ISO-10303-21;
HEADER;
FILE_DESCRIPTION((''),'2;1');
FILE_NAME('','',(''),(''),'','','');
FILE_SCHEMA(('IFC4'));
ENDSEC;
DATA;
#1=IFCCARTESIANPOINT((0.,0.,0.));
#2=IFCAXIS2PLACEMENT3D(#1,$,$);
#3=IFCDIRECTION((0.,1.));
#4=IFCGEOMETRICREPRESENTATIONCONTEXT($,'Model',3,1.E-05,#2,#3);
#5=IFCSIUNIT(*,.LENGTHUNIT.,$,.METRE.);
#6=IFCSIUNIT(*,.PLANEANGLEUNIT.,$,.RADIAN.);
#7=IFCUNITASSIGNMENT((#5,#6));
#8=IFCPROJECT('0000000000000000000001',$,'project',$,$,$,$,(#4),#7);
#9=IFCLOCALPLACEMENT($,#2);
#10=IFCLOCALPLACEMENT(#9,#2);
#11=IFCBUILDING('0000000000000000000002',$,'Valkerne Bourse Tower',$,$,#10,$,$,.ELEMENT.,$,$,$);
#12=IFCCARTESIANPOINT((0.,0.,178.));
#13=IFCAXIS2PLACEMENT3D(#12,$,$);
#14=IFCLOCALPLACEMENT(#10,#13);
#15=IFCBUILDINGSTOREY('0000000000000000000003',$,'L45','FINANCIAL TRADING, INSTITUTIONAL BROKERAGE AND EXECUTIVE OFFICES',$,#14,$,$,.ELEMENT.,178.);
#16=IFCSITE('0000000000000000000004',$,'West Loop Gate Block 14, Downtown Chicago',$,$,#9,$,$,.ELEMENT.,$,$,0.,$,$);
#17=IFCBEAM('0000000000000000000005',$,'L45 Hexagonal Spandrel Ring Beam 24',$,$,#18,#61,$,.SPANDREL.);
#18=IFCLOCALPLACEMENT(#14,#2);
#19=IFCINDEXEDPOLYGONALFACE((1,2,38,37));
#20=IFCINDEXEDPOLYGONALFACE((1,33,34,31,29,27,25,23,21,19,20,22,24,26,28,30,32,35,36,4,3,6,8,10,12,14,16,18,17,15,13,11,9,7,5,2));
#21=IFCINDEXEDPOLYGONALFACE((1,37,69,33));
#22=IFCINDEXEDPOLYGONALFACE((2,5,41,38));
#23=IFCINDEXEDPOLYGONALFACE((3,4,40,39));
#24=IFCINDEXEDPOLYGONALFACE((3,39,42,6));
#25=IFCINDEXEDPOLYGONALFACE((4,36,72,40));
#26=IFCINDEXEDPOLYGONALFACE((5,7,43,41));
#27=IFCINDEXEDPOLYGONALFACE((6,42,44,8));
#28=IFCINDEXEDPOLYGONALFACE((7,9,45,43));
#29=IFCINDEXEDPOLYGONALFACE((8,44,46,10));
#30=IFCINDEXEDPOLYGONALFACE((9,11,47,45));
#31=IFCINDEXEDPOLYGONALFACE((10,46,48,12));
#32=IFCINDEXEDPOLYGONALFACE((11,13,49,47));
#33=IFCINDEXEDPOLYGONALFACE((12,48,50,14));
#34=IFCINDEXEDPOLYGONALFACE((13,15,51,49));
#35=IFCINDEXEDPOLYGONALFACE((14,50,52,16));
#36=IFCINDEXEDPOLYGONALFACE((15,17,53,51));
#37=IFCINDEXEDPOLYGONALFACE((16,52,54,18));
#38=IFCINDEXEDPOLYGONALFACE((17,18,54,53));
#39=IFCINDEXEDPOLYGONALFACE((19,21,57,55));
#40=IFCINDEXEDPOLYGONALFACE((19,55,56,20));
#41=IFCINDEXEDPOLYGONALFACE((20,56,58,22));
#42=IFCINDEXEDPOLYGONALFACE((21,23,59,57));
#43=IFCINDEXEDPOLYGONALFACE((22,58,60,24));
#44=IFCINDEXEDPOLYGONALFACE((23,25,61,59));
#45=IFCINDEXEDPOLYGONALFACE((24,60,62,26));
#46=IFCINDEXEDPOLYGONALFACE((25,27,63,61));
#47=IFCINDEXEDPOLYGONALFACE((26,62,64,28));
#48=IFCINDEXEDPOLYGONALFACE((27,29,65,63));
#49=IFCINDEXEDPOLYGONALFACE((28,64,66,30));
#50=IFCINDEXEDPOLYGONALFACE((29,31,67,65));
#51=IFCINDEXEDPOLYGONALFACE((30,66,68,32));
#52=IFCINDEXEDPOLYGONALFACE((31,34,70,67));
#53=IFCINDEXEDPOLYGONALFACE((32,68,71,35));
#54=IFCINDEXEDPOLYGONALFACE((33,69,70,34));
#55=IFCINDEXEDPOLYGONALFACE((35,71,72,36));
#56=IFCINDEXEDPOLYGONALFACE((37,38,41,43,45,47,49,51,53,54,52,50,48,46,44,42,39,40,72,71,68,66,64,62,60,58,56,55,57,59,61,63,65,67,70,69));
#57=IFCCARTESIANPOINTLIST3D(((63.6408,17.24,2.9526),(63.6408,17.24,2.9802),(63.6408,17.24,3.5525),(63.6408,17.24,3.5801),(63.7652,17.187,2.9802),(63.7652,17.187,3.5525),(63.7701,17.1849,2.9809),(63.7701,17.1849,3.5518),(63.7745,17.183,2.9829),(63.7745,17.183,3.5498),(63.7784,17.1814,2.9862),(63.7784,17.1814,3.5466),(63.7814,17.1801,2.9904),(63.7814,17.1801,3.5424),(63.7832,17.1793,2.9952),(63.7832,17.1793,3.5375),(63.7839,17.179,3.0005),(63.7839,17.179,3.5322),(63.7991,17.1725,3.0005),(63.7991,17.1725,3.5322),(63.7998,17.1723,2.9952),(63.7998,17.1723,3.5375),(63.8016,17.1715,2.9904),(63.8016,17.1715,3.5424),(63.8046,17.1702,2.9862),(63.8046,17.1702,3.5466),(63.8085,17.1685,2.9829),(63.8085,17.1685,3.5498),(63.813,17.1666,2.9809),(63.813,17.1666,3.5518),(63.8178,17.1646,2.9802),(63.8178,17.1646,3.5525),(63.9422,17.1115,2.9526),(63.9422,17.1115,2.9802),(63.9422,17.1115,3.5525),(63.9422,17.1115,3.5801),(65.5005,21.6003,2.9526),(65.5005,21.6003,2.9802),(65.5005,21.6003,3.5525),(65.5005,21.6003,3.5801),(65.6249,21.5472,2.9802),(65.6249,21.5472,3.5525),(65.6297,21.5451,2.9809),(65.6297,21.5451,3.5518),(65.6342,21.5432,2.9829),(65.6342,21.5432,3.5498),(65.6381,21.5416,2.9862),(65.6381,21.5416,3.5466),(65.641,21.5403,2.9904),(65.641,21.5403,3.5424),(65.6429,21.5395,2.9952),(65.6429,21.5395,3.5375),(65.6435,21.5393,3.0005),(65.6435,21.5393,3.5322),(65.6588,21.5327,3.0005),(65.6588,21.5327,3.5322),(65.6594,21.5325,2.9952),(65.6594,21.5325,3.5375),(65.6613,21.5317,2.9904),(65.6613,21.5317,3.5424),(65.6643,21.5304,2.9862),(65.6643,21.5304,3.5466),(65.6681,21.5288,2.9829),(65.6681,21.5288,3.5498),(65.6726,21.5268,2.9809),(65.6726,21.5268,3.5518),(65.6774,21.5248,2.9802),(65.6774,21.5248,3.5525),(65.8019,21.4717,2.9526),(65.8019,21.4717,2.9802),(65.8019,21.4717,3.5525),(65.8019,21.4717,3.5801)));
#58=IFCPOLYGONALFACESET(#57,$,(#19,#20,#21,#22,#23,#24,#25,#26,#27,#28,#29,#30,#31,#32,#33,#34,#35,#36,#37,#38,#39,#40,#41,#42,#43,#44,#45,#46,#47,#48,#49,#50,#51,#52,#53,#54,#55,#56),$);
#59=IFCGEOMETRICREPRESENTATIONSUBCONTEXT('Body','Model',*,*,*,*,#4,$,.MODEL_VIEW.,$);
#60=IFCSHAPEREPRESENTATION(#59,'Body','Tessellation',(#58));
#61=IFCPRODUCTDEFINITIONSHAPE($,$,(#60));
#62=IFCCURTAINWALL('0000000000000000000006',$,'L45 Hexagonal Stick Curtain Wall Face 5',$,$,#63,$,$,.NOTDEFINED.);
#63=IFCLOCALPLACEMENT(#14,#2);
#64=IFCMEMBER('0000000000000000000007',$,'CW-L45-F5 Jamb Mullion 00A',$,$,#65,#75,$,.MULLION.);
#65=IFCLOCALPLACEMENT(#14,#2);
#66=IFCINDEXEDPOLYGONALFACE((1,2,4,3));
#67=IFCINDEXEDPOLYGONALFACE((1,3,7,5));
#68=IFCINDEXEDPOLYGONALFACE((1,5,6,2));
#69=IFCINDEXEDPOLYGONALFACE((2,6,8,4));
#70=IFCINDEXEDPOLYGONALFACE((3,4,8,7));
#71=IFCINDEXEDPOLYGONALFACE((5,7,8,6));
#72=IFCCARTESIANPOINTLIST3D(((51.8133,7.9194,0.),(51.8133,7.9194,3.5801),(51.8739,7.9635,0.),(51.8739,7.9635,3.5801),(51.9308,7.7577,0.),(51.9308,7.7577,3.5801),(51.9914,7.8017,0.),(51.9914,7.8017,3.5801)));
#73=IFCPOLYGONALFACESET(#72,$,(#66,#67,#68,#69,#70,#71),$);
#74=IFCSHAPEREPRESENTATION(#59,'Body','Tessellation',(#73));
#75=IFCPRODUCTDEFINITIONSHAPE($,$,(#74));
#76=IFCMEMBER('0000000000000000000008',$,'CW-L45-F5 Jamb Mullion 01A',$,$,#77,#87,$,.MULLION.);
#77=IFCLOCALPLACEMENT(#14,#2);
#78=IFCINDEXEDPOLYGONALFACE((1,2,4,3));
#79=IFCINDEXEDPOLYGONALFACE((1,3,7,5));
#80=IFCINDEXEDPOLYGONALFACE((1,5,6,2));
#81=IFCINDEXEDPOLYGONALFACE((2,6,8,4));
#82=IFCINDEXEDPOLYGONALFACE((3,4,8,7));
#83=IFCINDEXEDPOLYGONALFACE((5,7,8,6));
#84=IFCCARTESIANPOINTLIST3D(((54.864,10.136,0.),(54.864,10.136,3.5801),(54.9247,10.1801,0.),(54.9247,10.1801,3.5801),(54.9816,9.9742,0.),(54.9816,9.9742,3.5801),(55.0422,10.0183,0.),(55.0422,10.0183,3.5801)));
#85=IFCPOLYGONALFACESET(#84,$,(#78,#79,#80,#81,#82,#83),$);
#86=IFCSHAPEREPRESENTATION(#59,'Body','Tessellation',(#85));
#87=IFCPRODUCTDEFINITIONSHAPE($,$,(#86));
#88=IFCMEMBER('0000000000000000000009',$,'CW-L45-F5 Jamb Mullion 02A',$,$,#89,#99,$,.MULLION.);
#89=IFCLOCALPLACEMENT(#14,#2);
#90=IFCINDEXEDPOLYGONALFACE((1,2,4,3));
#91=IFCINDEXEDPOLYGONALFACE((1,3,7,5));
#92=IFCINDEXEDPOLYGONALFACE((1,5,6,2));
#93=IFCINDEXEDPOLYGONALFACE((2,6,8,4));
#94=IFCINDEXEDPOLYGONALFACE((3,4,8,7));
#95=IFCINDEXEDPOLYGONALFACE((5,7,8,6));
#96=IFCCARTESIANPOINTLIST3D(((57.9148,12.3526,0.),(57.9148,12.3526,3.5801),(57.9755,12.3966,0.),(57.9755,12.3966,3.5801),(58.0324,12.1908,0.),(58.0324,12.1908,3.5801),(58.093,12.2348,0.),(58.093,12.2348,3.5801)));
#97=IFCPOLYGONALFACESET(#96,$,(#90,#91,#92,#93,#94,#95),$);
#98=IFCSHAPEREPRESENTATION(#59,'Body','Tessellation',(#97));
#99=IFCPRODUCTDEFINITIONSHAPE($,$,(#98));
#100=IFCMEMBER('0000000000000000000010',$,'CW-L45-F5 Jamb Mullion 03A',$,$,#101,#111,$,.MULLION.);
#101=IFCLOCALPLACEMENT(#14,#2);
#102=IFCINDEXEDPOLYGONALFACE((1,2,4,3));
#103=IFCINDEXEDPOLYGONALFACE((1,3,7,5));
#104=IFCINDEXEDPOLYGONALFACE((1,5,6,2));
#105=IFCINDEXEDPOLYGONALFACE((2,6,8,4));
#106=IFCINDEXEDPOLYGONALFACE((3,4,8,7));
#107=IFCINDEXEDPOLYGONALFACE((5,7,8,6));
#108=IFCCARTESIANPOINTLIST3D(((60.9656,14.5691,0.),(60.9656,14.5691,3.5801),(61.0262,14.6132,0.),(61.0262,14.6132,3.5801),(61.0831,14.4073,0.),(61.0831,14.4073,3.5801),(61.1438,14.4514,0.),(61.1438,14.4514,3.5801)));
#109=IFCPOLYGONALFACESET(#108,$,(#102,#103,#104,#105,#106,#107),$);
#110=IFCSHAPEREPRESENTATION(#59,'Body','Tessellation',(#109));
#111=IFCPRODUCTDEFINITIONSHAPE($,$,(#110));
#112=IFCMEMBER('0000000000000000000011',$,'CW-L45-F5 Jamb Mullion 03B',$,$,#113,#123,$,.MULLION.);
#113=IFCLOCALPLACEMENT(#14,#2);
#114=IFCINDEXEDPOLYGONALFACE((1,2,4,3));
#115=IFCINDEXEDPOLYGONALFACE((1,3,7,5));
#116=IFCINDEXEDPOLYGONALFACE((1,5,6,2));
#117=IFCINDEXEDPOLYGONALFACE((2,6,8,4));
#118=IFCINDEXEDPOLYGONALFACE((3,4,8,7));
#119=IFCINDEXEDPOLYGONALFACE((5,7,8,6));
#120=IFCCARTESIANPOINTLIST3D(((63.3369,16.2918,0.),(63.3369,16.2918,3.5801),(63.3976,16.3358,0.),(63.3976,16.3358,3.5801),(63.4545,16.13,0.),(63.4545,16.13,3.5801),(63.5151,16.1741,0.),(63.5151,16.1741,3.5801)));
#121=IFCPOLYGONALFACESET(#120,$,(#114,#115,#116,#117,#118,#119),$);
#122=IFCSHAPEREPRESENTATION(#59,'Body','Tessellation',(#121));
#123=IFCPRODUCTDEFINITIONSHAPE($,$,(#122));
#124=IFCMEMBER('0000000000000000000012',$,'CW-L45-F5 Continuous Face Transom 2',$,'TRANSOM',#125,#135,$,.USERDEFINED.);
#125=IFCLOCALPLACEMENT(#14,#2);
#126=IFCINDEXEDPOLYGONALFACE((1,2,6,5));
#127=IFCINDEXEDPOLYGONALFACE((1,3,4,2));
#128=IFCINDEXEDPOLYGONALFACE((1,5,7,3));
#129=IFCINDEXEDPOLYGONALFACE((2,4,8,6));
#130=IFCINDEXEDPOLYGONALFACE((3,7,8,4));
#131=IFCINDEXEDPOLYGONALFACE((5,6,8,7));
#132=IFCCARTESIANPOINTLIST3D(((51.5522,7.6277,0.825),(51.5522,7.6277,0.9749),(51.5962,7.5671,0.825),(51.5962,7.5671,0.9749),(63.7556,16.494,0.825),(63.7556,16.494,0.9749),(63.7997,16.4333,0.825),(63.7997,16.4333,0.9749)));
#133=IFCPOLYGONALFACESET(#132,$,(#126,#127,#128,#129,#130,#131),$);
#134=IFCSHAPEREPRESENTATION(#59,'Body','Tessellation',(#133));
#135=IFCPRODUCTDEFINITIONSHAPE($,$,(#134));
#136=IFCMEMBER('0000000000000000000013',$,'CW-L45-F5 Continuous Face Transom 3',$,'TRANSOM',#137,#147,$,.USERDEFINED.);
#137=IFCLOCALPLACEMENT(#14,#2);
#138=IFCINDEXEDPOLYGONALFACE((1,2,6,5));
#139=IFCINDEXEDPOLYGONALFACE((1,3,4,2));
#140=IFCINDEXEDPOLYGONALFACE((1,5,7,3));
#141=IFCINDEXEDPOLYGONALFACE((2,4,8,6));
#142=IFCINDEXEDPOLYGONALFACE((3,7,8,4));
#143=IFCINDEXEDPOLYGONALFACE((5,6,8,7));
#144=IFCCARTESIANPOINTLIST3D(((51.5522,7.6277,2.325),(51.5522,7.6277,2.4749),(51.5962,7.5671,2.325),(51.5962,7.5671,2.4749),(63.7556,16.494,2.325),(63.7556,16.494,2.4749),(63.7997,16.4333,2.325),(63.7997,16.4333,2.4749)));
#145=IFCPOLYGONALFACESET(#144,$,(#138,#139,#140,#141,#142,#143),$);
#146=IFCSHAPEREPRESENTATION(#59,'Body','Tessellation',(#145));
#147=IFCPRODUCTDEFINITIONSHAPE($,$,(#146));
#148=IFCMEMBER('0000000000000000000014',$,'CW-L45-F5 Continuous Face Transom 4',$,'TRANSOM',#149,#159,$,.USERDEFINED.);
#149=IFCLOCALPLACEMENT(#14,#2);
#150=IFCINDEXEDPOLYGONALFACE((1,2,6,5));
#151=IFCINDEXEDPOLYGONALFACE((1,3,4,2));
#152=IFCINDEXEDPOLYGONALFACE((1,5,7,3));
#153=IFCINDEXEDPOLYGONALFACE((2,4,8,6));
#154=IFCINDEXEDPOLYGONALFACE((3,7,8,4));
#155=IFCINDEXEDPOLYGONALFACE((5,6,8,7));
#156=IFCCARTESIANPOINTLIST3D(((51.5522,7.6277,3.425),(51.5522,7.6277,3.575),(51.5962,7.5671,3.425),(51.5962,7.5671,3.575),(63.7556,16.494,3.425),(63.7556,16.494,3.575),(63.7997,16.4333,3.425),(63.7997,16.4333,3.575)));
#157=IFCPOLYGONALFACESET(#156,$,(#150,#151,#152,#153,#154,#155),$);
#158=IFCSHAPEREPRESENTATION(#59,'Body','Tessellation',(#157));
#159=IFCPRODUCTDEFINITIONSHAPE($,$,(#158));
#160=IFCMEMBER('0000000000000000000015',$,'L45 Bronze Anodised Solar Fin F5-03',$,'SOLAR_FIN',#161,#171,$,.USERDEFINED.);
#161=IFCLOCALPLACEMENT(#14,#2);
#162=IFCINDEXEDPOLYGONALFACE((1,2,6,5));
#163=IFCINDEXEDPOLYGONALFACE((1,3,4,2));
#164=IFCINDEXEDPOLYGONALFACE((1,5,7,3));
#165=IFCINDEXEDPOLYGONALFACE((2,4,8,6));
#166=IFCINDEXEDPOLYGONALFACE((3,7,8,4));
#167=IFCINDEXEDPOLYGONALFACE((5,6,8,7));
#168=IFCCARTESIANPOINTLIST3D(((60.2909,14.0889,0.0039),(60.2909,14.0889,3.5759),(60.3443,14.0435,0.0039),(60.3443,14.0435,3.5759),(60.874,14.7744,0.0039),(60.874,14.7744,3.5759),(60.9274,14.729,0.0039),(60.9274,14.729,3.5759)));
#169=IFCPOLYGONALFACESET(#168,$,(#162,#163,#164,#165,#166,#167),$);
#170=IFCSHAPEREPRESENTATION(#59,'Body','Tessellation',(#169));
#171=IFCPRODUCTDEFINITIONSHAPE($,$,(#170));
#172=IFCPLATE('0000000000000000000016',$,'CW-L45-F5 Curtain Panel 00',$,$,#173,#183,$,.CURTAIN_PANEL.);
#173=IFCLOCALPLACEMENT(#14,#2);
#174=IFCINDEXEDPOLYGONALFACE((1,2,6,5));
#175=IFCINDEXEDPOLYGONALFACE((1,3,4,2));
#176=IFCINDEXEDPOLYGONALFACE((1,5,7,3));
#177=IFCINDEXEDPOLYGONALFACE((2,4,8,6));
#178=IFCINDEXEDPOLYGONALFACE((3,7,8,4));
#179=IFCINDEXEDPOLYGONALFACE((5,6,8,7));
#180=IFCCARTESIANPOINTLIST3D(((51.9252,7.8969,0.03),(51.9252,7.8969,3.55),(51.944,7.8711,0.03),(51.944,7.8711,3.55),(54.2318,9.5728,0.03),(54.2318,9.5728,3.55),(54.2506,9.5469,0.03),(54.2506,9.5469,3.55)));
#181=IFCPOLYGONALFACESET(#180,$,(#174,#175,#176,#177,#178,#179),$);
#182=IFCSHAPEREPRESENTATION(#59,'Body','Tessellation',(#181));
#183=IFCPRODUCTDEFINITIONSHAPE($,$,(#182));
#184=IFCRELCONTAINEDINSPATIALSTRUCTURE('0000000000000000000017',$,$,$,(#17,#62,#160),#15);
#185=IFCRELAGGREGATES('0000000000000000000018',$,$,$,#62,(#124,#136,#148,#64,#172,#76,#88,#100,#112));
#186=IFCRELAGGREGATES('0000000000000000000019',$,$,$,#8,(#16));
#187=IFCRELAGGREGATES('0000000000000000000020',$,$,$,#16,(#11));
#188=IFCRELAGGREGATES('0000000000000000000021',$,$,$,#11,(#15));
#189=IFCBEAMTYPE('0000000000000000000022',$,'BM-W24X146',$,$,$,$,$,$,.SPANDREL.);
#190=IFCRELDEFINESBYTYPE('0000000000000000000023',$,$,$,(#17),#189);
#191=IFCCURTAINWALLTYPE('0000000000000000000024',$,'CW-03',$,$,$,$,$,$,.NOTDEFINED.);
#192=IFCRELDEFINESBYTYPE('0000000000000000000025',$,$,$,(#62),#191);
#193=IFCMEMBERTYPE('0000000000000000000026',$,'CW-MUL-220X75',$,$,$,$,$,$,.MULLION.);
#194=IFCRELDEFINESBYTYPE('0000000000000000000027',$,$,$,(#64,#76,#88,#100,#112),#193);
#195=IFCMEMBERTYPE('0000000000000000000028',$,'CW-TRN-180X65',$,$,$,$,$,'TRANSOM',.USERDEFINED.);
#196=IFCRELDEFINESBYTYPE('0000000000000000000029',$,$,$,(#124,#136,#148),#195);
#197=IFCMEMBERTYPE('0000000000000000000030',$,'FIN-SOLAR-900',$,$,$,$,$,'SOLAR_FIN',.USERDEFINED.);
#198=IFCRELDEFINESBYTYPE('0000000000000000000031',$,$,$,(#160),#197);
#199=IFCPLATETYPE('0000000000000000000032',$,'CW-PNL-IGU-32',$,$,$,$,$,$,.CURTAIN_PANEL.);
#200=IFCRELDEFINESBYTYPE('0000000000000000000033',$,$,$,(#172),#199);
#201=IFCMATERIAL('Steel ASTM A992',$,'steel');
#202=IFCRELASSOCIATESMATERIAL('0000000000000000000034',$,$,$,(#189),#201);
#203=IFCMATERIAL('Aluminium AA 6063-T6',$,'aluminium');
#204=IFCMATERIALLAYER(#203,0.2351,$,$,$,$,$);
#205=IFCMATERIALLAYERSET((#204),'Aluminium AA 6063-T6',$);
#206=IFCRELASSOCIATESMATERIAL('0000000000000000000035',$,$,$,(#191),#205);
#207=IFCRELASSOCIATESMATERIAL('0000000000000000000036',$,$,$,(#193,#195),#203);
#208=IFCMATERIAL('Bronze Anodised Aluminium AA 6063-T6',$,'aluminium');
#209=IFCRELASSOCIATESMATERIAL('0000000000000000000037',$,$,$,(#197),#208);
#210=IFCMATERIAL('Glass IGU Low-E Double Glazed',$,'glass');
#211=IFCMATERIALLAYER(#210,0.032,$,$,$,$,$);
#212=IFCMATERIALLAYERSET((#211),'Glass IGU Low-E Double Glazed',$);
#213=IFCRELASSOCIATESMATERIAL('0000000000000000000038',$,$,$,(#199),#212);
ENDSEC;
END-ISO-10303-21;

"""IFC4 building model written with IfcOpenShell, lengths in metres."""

from ifc_helpers import new_model, si_unit, direction, frame, origin, origin_2d, place, context, subcontext, project, spatial, rectangle, i_section, extrude, material, layer, layer_set, material_profile, profile_set, type_object, element, aggregate, save


model = new_model("IFC4")

# Units and contexts
model_context = context("Model", 3, precision=1e-05, world=origin(), true_north=direction((0.0, 1.0)))
body_context = subcontext(model_context, "Body", "Model", "MODEL_VIEW")
ifc_project = project(units=[si_unit("LENGTHUNIT", "METRE"), si_unit("PLANEANGLEUNIT", "RADIAN")], contexts=[model_context])

# Site, building, storey
site_placement = place(None, origin())
site = spatial("IfcSite", under=ifc_project, at=site_placement, Name="West Loop Gate Block 14, Downtown Chicago", CompositionType="ELEMENT", RefElevation=0.0)
building_placement = place(site_placement, origin())
building = spatial("IfcBuilding", under=site, at=building_placement, Name="Valkerne Bourse Tower", CompositionType="ELEMENT")
storey_placement = place(building_placement, frame((0.0, 0.0, 178.0)))
storey = spatial("IfcBuildingStorey", under=building, at=storey_placement, Name="L45", Description="FINANCIAL TRADING, INSTITUTIONAL BROKERAGE AND EXECUTIVE OFFICES", CompositionType="ELEMENT", Elevation=178.0)

# Beam
ifc_material_1 = material(Name="Steel ASTM A992", Category="steel")
ifc_material_profile_1 = material_profile(ifc_material_1, i_section(OverallWidth=0.3276, OverallDepth=0.6274, WebThickness=0.0166, FlangeThickness=0.0276, FilletRadius=0.0203, at=origin_2d()), Name="W24X146")
ifc_profile_set_1 = profile_set([ifc_material_profile_1], Name="Steel ASTM A992")
beam_type = type_object("IfcBeamType", Name="BM-W24X146", PredefinedType="SPANDREL", material=ifc_profile_set_1)
beam_1_placement = place(storey_placement, frame((63.7915, 17.1758, 3.2664), z_axis=(0.392315, 0.919831, 0.0), x_axis=(-0.919831, 0.392315, 0.0)))
element("IfcBeam", 1, at=beam_1_placement, inside=storey, type_object=beam_type, Name="L45 Hexagonal Spandrel Ring Beam 24", PredefinedType="SPANDREL", context=body_context, shape_type="SweptSolid", body=[
    extrude(i_section(OverallWidth=0.3276, OverallDepth=0.6274, WebThickness=0.0166, FlangeThickness=0.0276, FilletRadius=0.0203, at=origin_2d()), origin(), (0.0, 0.0, 1.0), 4.7402),
])

# Curtain wall, members
ifc_material_2 = material(Name="Aluminium AA 6063-T6", Category="aluminium")
ifc_layer_1 = layer(ifc_material_2, 0.2351)
ifc_layer_set_1 = layer_set([ifc_layer_1], Name="Aluminium AA 6063-T6")
curtain_wall_type = type_object("IfcCurtainWallType", Name="CW-03", PredefinedType="NOTDEFINED", material=ifc_layer_set_1)
curtain_wall_placement = place(storey_placement, origin())
curtain_wall = element("IfcCurtainWall", 2, at=curtain_wall_placement, inside=storey, type_object=curtain_wall_type, Name="L45 Hexagonal Stick Curtain Wall Face 5", PredefinedType="NOTDEFINED")
ifc_material_profile_2 = material_profile(ifc_material_2, rectangle(XDim=0.075, YDim=0.2, at=origin_2d()), Name="CWM-75X200")
ifc_profile_set_2 = profile_set([ifc_material_profile_2], Name="Aluminium AA 6063-T6")
member_type_1 = type_object("IfcMemberType", Name="CW-MUL-220X75", PredefinedType="MULLION", material=ifc_profile_set_2)
member_1_placement = place(storey_placement, frame((51.9023, 7.8606, 0.0), z_axis=(0.0, 0.0, 1.0), x_axis=(0.809009, 0.587796, 0.0)))
member_1 = element("IfcMember", 3, at=member_1_placement, type_object=member_type_1, Name="CW-L45-F5 Jamb Mullion 00A", PredefinedType="MULLION", context=body_context, shape_type="SweptSolid", body=[
    extrude(rectangle(XDim=0.075, YDim=0.2, at=origin_2d()), origin(), (0.0, 0.0, 1.0), 3.5801),
])
member_2_placement = place(storey_placement, frame((54.9531, 10.0771, 0.0), z_axis=(0.0, 0.0, 1.0), x_axis=(0.809022, 0.587779, 0.0)))
member_2 = element("IfcMember", 4, at=member_2_placement, type_object=member_type_1, Name="CW-L45-F5 Jamb Mullion 01A", PredefinedType="MULLION", context=body_context, shape_type="SweptSolid", body=[
    extrude(rectangle(XDim=0.075, YDim=0.2, at=origin_2d()), origin(), (0.0, 0.0, 1.0), 3.5801),
])
member_3_placement = place(storey_placement, frame((58.0039, 12.2937, 0.0), z_axis=(0.0, 0.0, 1.0), x_axis=(0.809009, 0.587796, 0.0)))
member_3 = element("IfcMember", 5, at=member_3_placement, type_object=member_type_1, Name="CW-L45-F5 Jamb Mullion 02A", PredefinedType="MULLION", context=body_context, shape_type="SweptSolid", body=[
    extrude(rectangle(XDim=0.075, YDim=0.2, at=origin_2d()), origin(), (0.0, 0.0, 1.0), 3.5801),
])
member_4_placement = place(storey_placement, frame((61.0547, 14.5103, 0.0), z_axis=(0.0, 0.0, 1.0), x_axis=(0.809022, 0.587779, 0.0)))
member_4 = element("IfcMember", 6, at=member_4_placement, type_object=member_type_1, Name="CW-L45-F5 Jamb Mullion 03A", PredefinedType="MULLION", context=body_context, shape_type="SweptSolid", body=[
    extrude(rectangle(XDim=0.075, YDim=0.2, at=origin_2d()), origin(), (0.0, 0.0, 1.0), 3.5801),
])
member_5_placement = place(storey_placement, frame((63.426, 16.2329, 0.0), z_axis=(0.0, 0.0, 1.0), x_axis=(0.809022, 0.587779, 0.0)))
member_5 = element("IfcMember", 7, at=member_5_placement, type_object=member_type_1, Name="CW-L45-F5 Jamb Mullion 03B", PredefinedType="MULLION", context=body_context, shape_type="SweptSolid", body=[
    extrude(rectangle(XDim=0.075, YDim=0.2, at=origin_2d()), origin(), (0.0, 0.0, 1.0), 3.5801),
])
ifc_material_profile_3 = material_profile(ifc_material_2, rectangle(XDim=0.075, YDim=0.1499, at=origin_2d()), Name="CWT-75X150")
ifc_profile_set_3 = profile_set([ifc_material_profile_3], Name="Aluminium AA 6063-T6")
member_type_2 = type_object("IfcMemberType", Name="CW-TRN-180X65", ElementType="TRANSOM", PredefinedType="USERDEFINED", material=ifc_profile_set_3)
member_6_placement = place(storey_placement, frame((51.5742, 7.5974, 0.8999), z_axis=(0.809019, 0.587783, 0.0), x_axis=(-0.587783, 0.809019, 0.0)))
member_6 = element("IfcMember", 8, at=member_6_placement, type_object=member_type_2, Name="CW-L45-F5 Continuous Face Transom 2", ObjectType="TRANSOM", PredefinedType="USERDEFINED", context=body_context, shape_type="SweptSolid", body=[
    extrude(rectangle(XDim=0.075, YDim=0.1499, at=origin_2d()), origin(), (0.0, 0.0, 1.0), 15.0842),
])
member_7_placement = place(storey_placement, frame((51.5742, 7.5974, 2.3999), z_axis=(0.809019, 0.587783, 0.0), x_axis=(-0.587783, 0.809019, 0.0)))
member_7 = element("IfcMember", 9, at=member_7_placement, type_object=member_type_2, Name="CW-L45-F5 Continuous Face Transom 3", ObjectType="TRANSOM", PredefinedType="USERDEFINED", context=body_context, shape_type="SweptSolid", body=[
    extrude(rectangle(XDim=0.075, YDim=0.1499, at=origin_2d()), origin(), (0.0, 0.0, 1.0), 15.0842),
])
member_8_placement = place(storey_placement, frame((51.5742, 7.5974, 3.5), z_axis=(0.809019, 0.587783, 0.0), x_axis=(-0.587783, 0.809019, 0.0)))
member_8 = element("IfcMember", 10, at=member_8_placement, type_object=member_type_2, Name="CW-L45-F5 Continuous Face Transom 4", ObjectType="TRANSOM", PredefinedType="USERDEFINED", context=body_context, shape_type="SweptSolid", body=[
    extrude(rectangle(XDim=0.075, YDim=0.1499, at=origin_2d()), origin(), (0.0, 0.0, 1.0), 15.0842),
])

# Member
ifc_material_3 = material(Name="Bronze Anodised Aluminium AA 6063-T6", Category="aluminium")
ifc_material_profile_4 = material_profile(ifc_material_3, rectangle(XDim=0.0701, YDim=0.8999, at=origin_2d()), Name="FIN-70X900")
ifc_profile_set_4 = profile_set([ifc_material_profile_4], Name="Bronze Anodised Aluminium AA 6063-T6")
member_type_3 = type_object("IfcMemberType", Name="FIN-SOLAR-900", ElementType="SOLAR_FIN", PredefinedType="USERDEFINED", material=ifc_profile_set_4)
member_9_placement = place(storey_placement, frame((60.6091, 14.4089, 0.0039), z_axis=(0.0, 0.0, 1.0), x_axis=(0.761683, -0.64795, 0.0)))
element("IfcMember", 11, at=member_9_placement, inside=storey, type_object=member_type_3, Name="L45 Bronze Anodised Solar Fin F5-03", ObjectType="SOLAR_FIN", PredefinedType="USERDEFINED", context=body_context, shape_type="SweptSolid", body=[
    extrude(rectangle(XDim=0.0701, YDim=0.8999, at=origin_2d()), origin(), (0.0, 0.0, 1.0), 3.572),
])

# Plate
ifc_material_4 = material(Name="Glass IGU Low-E Double Glazed", Category="glass")
ifc_layer_2 = layer(ifc_material_4, 0.032)
ifc_layer_set_2 = layer_set([ifc_layer_2], Name="Glass IGU Low-E Double Glazed")
plate_type = type_object("IfcPlateType", Name="CW-PNL-IGU-32", PredefinedType="CURTAIN_PANEL", material=ifc_layer_set_2)
plate_1_placement = place(storey_placement, frame((53.0879, 8.7219, 0.03), z_axis=(0.0, 0.0, 1.0), x_axis=(0.809009, 0.587796, 0.0)))
plate_1 = element("IfcPlate", 12, at=plate_1_placement, type_object=plate_type, Name="CW-L45-F5 Curtain Panel 00", PredefinedType="CURTAIN_PANEL", context=body_context, shape_type="SweptSolid", body=[
    extrude(rectangle(XDim=2.8511, YDim=0.032, at=origin_2d()), origin(), (0.0, 0.0, 1.0), 3.52),
])
aggregate(curtain_wall, [member_6, member_7, member_8, member_1, plate_1, member_2, member_3, member_4, member_5])

save(model, "model.ifc")
